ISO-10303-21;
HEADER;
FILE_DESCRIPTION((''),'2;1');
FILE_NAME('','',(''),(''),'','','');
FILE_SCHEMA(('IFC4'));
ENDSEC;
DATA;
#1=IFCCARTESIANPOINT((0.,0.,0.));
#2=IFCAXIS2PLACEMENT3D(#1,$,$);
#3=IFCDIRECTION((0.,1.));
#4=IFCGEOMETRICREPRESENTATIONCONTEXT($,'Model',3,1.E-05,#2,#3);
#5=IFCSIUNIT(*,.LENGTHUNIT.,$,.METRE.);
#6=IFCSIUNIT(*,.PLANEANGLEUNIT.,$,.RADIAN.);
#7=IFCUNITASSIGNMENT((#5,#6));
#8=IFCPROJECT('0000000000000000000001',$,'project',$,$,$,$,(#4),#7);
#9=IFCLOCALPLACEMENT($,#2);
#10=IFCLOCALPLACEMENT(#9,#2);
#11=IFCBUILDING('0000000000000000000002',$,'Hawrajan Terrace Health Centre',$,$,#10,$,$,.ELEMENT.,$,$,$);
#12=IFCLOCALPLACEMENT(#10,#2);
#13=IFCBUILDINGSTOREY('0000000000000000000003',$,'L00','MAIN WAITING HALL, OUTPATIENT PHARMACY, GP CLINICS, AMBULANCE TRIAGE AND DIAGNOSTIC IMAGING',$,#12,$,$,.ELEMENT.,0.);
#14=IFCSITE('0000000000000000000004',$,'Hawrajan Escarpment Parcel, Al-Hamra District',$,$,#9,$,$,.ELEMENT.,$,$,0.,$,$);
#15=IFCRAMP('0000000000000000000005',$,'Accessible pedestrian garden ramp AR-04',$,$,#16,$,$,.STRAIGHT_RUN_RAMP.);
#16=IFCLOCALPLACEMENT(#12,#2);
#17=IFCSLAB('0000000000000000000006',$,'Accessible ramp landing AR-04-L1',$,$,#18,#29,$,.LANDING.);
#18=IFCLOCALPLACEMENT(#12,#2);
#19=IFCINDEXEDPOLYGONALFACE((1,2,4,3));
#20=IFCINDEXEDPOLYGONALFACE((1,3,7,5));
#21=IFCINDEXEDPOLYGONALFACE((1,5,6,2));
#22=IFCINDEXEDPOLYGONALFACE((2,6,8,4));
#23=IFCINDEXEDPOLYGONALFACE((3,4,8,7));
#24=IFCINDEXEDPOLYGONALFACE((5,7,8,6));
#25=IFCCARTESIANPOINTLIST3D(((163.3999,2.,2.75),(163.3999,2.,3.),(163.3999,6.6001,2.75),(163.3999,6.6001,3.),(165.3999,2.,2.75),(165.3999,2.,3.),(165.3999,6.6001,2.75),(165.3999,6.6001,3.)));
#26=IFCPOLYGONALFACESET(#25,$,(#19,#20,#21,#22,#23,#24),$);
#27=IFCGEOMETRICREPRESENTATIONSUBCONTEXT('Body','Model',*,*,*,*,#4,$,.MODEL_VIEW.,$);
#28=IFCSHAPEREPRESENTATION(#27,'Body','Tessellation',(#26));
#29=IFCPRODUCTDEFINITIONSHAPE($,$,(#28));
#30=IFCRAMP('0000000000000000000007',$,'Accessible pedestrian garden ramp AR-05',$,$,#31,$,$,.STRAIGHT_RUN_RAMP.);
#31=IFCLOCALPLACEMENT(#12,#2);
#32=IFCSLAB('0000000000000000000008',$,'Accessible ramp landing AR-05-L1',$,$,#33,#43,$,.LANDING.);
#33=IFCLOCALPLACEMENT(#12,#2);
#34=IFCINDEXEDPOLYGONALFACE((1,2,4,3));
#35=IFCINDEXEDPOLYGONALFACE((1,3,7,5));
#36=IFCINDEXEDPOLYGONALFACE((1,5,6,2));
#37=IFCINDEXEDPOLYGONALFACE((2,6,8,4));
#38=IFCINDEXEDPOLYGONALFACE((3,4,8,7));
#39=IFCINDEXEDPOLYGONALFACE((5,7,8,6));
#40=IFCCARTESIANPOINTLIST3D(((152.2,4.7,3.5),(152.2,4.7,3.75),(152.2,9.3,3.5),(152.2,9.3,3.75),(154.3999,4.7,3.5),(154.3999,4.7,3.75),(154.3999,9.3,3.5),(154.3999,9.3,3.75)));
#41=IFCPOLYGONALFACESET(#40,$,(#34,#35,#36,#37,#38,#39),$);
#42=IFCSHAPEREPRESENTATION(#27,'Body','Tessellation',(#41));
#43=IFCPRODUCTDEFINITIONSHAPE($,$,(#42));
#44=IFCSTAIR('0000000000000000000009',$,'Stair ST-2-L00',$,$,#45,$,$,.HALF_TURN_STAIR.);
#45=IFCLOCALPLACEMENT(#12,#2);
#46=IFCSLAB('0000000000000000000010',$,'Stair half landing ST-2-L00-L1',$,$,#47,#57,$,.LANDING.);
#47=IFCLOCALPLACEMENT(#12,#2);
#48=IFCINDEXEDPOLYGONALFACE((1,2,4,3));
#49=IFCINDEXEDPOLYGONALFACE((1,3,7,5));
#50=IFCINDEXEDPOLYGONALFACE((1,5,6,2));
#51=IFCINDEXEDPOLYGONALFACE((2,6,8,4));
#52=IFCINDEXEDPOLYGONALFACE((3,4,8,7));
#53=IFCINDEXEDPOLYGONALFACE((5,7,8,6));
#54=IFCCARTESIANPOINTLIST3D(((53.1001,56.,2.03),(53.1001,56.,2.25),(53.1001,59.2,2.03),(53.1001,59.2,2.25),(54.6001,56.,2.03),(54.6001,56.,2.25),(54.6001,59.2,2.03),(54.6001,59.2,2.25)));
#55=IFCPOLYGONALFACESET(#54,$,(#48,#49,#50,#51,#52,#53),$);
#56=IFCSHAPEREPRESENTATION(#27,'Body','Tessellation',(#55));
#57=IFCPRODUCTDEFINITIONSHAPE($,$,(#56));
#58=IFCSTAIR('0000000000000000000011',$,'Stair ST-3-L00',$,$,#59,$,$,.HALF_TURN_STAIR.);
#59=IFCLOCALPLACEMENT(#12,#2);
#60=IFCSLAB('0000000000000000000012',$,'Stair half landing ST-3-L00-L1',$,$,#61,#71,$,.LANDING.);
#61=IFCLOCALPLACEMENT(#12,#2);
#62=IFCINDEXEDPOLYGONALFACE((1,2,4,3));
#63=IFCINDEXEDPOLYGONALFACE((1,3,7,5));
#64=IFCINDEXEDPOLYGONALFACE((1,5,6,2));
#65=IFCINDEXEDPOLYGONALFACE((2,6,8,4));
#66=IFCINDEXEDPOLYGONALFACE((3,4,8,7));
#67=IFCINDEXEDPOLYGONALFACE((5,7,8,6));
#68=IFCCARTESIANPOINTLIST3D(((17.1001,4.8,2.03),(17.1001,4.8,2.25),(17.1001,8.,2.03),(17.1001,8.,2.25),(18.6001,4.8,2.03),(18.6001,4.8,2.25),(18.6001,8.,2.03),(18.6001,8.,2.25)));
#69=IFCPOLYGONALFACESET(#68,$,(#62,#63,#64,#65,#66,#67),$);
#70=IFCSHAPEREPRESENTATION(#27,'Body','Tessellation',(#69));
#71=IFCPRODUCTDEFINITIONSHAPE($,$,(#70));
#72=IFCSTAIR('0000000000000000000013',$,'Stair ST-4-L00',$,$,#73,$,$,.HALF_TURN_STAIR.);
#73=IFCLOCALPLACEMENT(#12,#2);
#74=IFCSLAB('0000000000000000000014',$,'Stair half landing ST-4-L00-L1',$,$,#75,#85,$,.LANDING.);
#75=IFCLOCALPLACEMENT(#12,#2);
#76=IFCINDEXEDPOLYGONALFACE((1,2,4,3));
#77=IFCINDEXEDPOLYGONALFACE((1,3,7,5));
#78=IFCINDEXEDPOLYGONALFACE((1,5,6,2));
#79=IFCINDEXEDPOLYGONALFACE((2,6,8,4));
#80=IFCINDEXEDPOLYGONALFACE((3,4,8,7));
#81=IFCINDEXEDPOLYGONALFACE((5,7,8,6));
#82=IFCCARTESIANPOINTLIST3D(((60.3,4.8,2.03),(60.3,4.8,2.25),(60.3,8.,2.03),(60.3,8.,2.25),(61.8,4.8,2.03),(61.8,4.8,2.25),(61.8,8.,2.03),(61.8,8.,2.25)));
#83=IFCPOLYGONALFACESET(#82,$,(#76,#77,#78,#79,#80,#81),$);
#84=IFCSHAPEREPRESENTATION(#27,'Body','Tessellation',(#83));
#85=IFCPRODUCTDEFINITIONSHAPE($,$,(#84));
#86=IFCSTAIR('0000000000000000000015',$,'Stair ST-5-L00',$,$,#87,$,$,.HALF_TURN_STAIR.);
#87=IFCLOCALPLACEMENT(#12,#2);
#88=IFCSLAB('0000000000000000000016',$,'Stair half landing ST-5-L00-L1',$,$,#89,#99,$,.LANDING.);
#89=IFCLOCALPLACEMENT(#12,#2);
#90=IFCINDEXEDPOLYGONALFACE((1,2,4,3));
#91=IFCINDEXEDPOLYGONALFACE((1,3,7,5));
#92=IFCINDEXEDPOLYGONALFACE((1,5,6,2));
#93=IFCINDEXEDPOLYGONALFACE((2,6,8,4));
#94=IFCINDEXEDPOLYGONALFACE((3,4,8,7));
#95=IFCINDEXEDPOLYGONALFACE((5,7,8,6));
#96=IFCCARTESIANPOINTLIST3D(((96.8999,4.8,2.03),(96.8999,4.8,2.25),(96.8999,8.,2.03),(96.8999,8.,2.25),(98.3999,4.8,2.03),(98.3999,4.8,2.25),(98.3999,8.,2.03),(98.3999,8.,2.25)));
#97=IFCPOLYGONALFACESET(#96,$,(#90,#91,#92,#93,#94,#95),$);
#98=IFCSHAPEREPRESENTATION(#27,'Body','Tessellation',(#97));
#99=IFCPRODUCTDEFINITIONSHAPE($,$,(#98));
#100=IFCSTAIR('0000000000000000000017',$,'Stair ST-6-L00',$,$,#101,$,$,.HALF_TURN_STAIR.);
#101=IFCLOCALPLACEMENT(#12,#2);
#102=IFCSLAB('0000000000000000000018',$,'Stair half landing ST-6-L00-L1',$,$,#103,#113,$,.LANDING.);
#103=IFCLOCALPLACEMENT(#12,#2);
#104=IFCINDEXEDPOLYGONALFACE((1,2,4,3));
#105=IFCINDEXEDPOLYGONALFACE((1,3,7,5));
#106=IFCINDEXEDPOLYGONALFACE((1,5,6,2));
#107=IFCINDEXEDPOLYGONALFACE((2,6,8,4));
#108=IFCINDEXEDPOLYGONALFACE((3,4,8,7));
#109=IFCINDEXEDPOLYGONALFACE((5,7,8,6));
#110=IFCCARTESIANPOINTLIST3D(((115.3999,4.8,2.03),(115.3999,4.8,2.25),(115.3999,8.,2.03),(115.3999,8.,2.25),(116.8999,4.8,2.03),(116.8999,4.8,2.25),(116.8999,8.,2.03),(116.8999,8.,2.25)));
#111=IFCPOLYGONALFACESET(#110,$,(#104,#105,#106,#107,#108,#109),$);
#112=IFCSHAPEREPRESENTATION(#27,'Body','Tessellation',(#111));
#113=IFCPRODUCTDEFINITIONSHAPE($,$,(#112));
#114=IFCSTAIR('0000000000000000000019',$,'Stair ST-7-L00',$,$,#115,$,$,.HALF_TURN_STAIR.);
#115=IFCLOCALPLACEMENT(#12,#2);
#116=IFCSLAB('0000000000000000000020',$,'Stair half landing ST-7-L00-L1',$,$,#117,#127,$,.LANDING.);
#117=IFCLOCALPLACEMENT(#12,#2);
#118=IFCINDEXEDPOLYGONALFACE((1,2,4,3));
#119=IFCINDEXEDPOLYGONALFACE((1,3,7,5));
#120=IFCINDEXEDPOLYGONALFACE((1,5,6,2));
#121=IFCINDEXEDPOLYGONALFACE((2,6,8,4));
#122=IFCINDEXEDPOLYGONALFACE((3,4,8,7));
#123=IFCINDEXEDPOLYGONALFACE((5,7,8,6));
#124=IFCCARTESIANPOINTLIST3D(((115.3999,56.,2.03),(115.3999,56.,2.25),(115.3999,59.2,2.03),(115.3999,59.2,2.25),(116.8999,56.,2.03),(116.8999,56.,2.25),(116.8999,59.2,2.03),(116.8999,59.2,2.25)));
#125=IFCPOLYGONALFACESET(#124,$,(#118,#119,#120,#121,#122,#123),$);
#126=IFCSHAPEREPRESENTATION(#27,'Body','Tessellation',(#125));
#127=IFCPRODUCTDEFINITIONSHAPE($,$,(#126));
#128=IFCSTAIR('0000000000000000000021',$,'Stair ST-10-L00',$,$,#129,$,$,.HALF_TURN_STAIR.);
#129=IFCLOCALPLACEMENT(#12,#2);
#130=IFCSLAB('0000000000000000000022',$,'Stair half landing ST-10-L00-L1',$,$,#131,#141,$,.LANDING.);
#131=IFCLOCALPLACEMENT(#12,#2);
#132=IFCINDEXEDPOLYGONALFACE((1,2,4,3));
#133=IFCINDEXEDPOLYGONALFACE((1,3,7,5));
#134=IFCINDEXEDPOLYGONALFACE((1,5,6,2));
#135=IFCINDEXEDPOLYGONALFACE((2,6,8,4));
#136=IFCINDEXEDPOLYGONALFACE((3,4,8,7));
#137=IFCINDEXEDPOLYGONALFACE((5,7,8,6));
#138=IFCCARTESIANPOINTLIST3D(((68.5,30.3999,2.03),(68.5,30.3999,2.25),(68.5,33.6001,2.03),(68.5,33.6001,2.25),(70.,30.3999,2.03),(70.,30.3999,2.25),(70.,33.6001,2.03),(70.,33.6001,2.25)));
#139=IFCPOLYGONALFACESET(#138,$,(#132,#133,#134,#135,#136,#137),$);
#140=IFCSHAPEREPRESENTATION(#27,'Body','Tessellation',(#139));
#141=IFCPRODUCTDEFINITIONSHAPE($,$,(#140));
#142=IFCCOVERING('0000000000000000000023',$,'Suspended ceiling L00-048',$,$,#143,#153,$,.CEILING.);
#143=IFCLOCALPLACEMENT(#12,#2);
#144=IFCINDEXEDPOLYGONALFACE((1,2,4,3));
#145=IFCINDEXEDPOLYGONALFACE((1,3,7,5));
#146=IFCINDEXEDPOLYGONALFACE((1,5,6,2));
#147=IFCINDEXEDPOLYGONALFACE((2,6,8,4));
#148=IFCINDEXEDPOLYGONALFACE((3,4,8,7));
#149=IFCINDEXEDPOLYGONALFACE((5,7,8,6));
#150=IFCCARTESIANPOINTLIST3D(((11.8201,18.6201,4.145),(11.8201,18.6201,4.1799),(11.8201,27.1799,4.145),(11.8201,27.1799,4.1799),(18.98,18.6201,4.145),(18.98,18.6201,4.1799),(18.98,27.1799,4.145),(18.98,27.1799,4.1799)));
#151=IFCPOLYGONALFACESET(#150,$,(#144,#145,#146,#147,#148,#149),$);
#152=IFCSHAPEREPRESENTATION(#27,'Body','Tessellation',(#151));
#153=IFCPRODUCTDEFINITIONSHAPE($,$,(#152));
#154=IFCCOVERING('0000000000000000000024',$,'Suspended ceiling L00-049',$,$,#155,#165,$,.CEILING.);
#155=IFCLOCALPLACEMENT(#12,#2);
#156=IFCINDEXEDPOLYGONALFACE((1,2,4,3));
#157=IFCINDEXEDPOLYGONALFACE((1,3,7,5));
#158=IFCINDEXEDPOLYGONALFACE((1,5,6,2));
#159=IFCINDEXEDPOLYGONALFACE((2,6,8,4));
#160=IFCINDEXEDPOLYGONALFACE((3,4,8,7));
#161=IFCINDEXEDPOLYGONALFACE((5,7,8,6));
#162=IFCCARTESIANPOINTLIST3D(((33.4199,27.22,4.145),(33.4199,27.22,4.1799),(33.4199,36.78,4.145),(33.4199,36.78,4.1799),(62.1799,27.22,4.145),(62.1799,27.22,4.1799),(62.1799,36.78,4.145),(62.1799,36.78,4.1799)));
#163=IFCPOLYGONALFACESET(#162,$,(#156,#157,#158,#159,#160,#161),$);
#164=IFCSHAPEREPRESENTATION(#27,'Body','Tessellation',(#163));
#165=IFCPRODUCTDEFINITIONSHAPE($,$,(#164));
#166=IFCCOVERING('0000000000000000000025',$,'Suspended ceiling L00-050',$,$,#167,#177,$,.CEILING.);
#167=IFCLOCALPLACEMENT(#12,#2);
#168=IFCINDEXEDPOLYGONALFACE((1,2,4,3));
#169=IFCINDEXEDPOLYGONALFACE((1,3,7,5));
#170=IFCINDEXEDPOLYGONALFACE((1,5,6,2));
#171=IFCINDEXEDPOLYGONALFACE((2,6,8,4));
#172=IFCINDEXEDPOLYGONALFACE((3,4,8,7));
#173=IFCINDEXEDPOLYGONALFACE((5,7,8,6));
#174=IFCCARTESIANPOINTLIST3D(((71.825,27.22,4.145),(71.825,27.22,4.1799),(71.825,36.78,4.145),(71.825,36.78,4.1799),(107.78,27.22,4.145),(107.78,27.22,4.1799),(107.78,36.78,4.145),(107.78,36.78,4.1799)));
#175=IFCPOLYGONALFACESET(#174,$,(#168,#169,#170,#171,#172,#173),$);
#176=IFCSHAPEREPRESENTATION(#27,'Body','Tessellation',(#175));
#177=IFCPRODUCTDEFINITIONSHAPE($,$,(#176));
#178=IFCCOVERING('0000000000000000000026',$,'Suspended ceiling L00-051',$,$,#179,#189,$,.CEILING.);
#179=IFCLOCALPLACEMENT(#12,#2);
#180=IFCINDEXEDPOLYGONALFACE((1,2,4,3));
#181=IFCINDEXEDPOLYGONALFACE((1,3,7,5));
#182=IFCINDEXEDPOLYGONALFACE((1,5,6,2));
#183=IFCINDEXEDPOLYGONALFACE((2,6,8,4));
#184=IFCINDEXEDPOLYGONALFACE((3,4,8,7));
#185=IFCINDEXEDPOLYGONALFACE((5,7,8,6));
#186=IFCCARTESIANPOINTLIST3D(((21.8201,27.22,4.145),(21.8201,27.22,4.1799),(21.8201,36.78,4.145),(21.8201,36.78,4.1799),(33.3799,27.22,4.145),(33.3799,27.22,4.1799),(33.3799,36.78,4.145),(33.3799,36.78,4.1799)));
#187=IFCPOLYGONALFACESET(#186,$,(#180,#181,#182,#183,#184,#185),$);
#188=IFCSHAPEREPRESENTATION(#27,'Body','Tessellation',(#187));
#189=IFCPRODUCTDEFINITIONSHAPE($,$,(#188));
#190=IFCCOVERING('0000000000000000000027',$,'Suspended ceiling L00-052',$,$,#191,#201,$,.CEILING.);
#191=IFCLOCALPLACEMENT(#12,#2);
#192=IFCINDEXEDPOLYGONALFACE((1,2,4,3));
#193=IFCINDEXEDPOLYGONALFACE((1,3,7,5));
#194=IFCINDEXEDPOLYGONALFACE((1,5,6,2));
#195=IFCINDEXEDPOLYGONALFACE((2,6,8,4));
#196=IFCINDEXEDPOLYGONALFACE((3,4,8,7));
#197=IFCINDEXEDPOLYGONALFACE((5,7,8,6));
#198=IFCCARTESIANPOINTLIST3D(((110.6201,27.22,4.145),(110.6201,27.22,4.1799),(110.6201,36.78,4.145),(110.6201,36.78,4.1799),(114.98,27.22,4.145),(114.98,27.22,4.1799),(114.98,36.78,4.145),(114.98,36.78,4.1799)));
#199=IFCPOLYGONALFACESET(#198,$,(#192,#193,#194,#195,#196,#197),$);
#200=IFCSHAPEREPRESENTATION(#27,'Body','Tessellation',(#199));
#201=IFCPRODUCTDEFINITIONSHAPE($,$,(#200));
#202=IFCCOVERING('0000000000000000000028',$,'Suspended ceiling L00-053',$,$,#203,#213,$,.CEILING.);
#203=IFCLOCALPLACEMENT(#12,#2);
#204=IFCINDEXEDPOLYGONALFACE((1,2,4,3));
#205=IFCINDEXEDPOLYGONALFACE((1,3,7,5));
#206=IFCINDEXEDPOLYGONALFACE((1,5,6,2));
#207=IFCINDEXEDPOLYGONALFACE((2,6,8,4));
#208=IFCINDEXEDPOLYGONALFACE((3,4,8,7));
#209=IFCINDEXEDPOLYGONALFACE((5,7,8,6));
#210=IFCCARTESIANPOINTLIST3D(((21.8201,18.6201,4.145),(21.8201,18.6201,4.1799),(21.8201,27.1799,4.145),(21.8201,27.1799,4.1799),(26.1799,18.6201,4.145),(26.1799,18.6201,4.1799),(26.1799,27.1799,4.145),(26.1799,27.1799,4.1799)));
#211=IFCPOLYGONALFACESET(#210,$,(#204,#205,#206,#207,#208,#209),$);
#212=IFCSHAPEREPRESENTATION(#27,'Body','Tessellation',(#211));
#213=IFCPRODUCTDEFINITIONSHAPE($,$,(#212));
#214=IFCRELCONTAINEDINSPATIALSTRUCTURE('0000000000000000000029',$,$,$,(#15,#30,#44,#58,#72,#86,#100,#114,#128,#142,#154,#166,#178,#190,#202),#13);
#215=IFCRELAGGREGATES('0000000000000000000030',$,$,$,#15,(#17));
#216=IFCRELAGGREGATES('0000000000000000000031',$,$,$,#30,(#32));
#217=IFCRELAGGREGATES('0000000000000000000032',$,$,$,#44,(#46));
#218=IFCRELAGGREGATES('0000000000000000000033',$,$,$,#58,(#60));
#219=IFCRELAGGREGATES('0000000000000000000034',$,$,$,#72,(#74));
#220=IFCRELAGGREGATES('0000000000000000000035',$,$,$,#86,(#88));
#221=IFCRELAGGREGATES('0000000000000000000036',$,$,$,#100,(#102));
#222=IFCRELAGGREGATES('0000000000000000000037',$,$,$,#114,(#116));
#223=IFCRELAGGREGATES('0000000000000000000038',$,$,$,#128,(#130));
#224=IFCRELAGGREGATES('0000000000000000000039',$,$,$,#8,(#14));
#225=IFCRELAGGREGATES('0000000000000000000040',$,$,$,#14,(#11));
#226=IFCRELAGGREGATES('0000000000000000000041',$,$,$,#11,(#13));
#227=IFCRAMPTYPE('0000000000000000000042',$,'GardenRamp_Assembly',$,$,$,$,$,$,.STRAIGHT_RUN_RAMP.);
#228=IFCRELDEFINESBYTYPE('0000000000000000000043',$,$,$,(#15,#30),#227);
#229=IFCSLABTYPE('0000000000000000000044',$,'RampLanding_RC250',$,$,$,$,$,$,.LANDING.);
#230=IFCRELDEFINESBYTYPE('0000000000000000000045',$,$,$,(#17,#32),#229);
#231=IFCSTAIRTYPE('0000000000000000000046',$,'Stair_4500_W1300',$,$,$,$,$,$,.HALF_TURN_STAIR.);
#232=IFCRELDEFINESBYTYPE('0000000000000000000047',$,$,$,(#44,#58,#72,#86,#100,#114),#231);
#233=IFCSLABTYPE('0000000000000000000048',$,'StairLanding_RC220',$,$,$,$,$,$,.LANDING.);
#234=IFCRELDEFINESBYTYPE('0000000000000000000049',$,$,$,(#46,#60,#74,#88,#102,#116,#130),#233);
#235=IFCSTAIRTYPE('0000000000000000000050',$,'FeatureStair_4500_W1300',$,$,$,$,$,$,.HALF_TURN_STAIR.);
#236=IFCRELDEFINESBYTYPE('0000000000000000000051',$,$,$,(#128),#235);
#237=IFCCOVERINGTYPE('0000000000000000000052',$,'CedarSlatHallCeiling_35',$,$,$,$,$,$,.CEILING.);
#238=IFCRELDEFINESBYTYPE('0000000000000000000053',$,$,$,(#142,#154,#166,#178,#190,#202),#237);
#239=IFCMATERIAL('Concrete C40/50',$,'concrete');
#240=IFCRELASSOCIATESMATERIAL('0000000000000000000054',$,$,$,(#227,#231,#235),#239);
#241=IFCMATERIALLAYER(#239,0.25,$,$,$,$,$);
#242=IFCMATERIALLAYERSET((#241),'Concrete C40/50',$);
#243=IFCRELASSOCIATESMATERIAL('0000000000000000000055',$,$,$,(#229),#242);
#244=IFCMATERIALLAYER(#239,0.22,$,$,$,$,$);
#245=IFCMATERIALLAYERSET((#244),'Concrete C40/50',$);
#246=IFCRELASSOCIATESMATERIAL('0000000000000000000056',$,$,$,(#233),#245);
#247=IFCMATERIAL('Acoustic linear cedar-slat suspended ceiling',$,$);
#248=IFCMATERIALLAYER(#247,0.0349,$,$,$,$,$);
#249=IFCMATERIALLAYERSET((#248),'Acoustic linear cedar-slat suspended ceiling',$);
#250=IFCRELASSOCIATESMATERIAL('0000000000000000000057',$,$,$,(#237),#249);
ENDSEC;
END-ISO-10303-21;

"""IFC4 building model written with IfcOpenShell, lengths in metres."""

from ifc_helpers import new_model, si_unit, direction, frame, origin, place, context, subcontext, project, spatial, polyline, outline, extrude, material, layer, layer_set, type_object, element, aggregate, save


model = new_model("IFC4")

# Units and contexts
model_context = context("Model", 3, precision=1e-05, world=origin(), true_north=direction((0.0, 1.0)))
body_context = subcontext(model_context, "Body", "Model", "MODEL_VIEW")
ifc_project = project(units=[si_unit("LENGTHUNIT", "METRE"), si_unit("PLANEANGLEUNIT", "RADIAN")], contexts=[model_context])

# Site, building, storey
site_placement = place(None, origin())
site = spatial("IfcSite", under=ifc_project, at=site_placement, Name="Hawrajan Escarpment Parcel, Al-Hamra District", CompositionType="ELEMENT", RefElevation=0.0)
building_placement = place(site_placement, origin())
building = spatial("IfcBuilding", under=site, at=building_placement, Name="Hawrajan Terrace Health Centre", CompositionType="ELEMENT")
storey_placement = place(building_placement, origin())
storey = spatial("IfcBuildingStorey", under=building, at=storey_placement, Name="L00", Description="MAIN WAITING HALL, OUTPATIENT PHARMACY, GP CLINICS, AMBULANCE TRIAGE AND DIAGNOSTIC IMAGING", CompositionType="ELEMENT", Elevation=0.0)

# Ramps, slabs
ifc_material_1 = material(Name="Concrete C40/50", Category="concrete")
ramp_type = type_object("IfcRampType", Name="GardenRamp_Assembly", PredefinedType="STRAIGHT_RUN_RAMP", material=ifc_material_1)
ramp_1_placement = place(storey_placement, origin())
ramp_1 = element("IfcRamp", 1, at=ramp_1_placement, inside=storey, type_object=ramp_type, Name="Accessible pedestrian garden ramp AR-04", PredefinedType="STRAIGHT_RUN_RAMP")
ifc_layer_1 = layer(ifc_material_1, 0.25)
ifc_layer_set_1 = layer_set([ifc_layer_1], Name="Concrete C40/50")
slab_type_1 = type_object("IfcSlabType", Name="RampLanding_RC250", PredefinedType="LANDING", material=ifc_layer_set_1)
slab_1_placement = place(storey_placement, frame((0.0, 0.0, 2.75)))
slab_1 = element("IfcSlab", 2, at=slab_1_placement, type_object=slab_type_1, Name="Accessible ramp landing AR-04-L1", PredefinedType="LANDING", context=body_context, shape_type="SweptSolid", body=[
    extrude(outline(polyline([(163.3999, 2.0), (165.3999, 2.0), (165.3999, 6.6001), (163.3999, 6.6001), (163.3999, 2.0)])), origin(), (0.0, 0.0, 1.0), 0.25),
])
aggregate(ramp_1, [slab_1])
ramp_2_placement = place(storey_placement, origin())
ramp_2 = element("IfcRamp", 3, at=ramp_2_placement, inside=storey, type_object=ramp_type, Name="Accessible pedestrian garden ramp AR-05", PredefinedType="STRAIGHT_RUN_RAMP")
slab_2_placement = place(storey_placement, frame((0.0, 0.0, 3.5)))
slab_2 = element("IfcSlab", 4, at=slab_2_placement, type_object=slab_type_1, Name="Accessible ramp landing AR-05-L1", PredefinedType="LANDING", context=body_context, shape_type="SweptSolid", body=[
    extrude(outline(polyline([(152.2, 4.7), (154.3999, 4.7), (154.3999, 9.3), (152.2, 9.3), (152.2, 4.7)])), origin(), (0.0, 0.0, 1.0), 0.25),
])
aggregate(ramp_2, [slab_2])

# Stairs, slabs
stair_type_1 = type_object("IfcStairType", Name="Stair_4500_W1300", PredefinedType="HALF_TURN_STAIR", material=ifc_material_1)
stair_1_placement = place(storey_placement, origin())
stair_1 = element("IfcStair", 5, at=stair_1_placement, inside=storey, type_object=stair_type_1, Name="Stair ST-2-L00", PredefinedType="HALF_TURN_STAIR")
ifc_layer_2 = layer(ifc_material_1, 0.22)
ifc_layer_set_2 = layer_set([ifc_layer_2], Name="Concrete C40/50")
slab_type_2 = type_object("IfcSlabType", Name="StairLanding_RC220", PredefinedType="LANDING", material=ifc_layer_set_2)
slab_3_placement = place(storey_placement, frame((0.0, 0.0, 2.03)))
slab_3 = element("IfcSlab", 6, at=slab_3_placement, type_object=slab_type_2, Name="Stair half landing ST-2-L00-L1", PredefinedType="LANDING", context=body_context, shape_type="SweptSolid", body=[
    extrude(outline(polyline([(53.1001, 56.0), (54.6001, 56.0), (54.6001, 59.2), (53.1001, 59.2), (53.1001, 56.0)])), origin(), (0.0, 0.0, 1.0), 0.22),
])
aggregate(stair_1, [slab_3])
stair_2_placement = place(storey_placement, origin())
stair_2 = element("IfcStair", 7, at=stair_2_placement, inside=storey, type_object=stair_type_1, Name="Stair ST-3-L00", PredefinedType="HALF_TURN_STAIR")
slab_4_placement = place(storey_placement, frame((0.0, 0.0, 2.03)))
slab_4 = element("IfcSlab", 8, at=slab_4_placement, type_object=slab_type_2, Name="Stair half landing ST-3-L00-L1", PredefinedType="LANDING", context=body_context, shape_type="SweptSolid", body=[
    extrude(outline(polyline([(17.1001, 4.8), (18.6001, 4.8), (18.6001, 8.0), (17.1001, 8.0), (17.1001, 4.8)])), origin(), (0.0, 0.0, 1.0), 0.22),
])
aggregate(stair_2, [slab_4])
stair_3_placement = place(storey_placement, origin())
stair_3 = element("IfcStair", 9, at=stair_3_placement, inside=storey, type_object=stair_type_1, Name="Stair ST-4-L00", PredefinedType="HALF_TURN_STAIR")
slab_5_placement = place(storey_placement, frame((0.0, 0.0, 2.03)))
slab_5 = element("IfcSlab", 10, at=slab_5_placement, type_object=slab_type_2, Name="Stair half landing ST-4-L00-L1", PredefinedType="LANDING", context=body_context, shape_type="SweptSolid", body=[
    extrude(outline(polyline([(60.3, 4.8), (61.8, 4.8), (61.8, 8.0), (60.3, 8.0), (60.3, 4.8)])), origin(), (0.0, 0.0, 1.0), 0.22),
])
aggregate(stair_3, [slab_5])
stair_4_placement = place(storey_placement, origin())
stair_4 = element("IfcStair", 11, at=stair_4_placement, inside=storey, type_object=stair_type_1, Name="Stair ST-5-L00", PredefinedType="HALF_TURN_STAIR")
slab_6_placement = place(storey_placement, frame((0.0, 0.0, 2.03)))
slab_6 = element("IfcSlab", 12, at=slab_6_placement, type_object=slab_type_2, Name="Stair half landing ST-5-L00-L1", PredefinedType="LANDING", context=body_context, shape_type="SweptSolid", body=[
    extrude(outline(polyline([(96.8999, 4.8), (98.3999, 4.8), (98.3999, 8.0), (96.8999, 8.0), (96.8999, 4.8)])), origin(), (0.0, 0.0, 1.0), 0.22),
])
aggregate(stair_4, [slab_6])
stair_5_placement = place(storey_placement, origin())
stair_5 = element("IfcStair", 13, at=stair_5_placement, inside=storey, type_object=stair_type_1, Name="Stair ST-6-L00", PredefinedType="HALF_TURN_STAIR")
slab_7_placement = place(storey_placement, frame((0.0, 0.0, 2.03)))
slab_7 = element("IfcSlab", 14, at=slab_7_placement, type_object=slab_type_2, Name="Stair half landing ST-6-L00-L1", PredefinedType="LANDING", context=body_context, shape_type="SweptSolid", body=[
    extrude(outline(polyline([(115.3999, 4.8), (116.8999, 4.8), (116.8999, 8.0), (115.3999, 8.0), (115.3999, 4.8)])), origin(), (0.0, 0.0, 1.0), 0.22),
])
aggregate(stair_5, [slab_7])
stair_6_placement = place(storey_placement, origin())
stair_6 = element("IfcStair", 15, at=stair_6_placement, inside=storey, type_object=stair_type_1, Name="Stair ST-7-L00", PredefinedType="HALF_TURN_STAIR")
slab_8_placement = place(storey_placement, frame((0.0, 0.0, 2.03)))
slab_8 = element("IfcSlab", 16, at=slab_8_placement, type_object=slab_type_2, Name="Stair half landing ST-7-L00-L1", PredefinedType="LANDING", context=body_context, shape_type="SweptSolid", body=[
    extrude(outline(polyline([(115.3999, 56.0), (116.8999, 56.0), (116.8999, 59.2), (115.3999, 59.2), (115.3999, 56.0)])), origin(), (0.0, 0.0, 1.0), 0.22),
])
aggregate(stair_6, [slab_8])
stair_type_2 = type_object("IfcStairType", Name="FeatureStair_4500_W1300", PredefinedType="HALF_TURN_STAIR", material=ifc_material_1)
stair_7_placement = place(storey_placement, origin())
stair_7 = element("IfcStair", 17, at=stair_7_placement, inside=storey, type_object=stair_type_2, Name="Stair ST-10-L00", PredefinedType="HALF_TURN_STAIR")
slab_9_placement = place(storey_placement, frame((0.0, 0.0, 2.03)))
slab_9 = element("IfcSlab", 18, at=slab_9_placement, type_object=slab_type_2, Name="Stair half landing ST-10-L00-L1", PredefinedType="LANDING", context=body_context, shape_type="SweptSolid", body=[
    extrude(outline(polyline([(68.5, 30.3999), (70.0, 30.3999), (70.0, 33.6001), (68.5, 33.6001), (68.5, 30.3999)])), origin(), (0.0, 0.0, 1.0), 0.22),
])
aggregate(stair_7, [slab_9])

# Coverings
ifc_material_2 = material(Name="Acoustic linear cedar-slat suspended ceiling")
ifc_layer_3 = layer(ifc_material_2, 0.0349)
ifc_layer_set_3 = layer_set([ifc_layer_3], Name="Acoustic linear cedar-slat suspended ceiling")
covering_type_1 = type_object("IfcCoveringType", Name="CedarSlatHallCeiling_35", PredefinedType="CEILING", material=ifc_layer_set_3)
covering_1_placement = place(storey_placement, frame((0.0, 0.0, 4.145)))
element("IfcCovering", 19, at=covering_1_placement, inside=storey, type_object=covering_type_1, Name="Suspended ceiling L00-048", PredefinedType="CEILING", context=body_context, shape_type="SweptSolid", body=[
    extrude(outline(polyline([(11.8201, 27.1799), (18.98, 27.1799), (18.98, 18.6201), (11.8201, 18.6201), (11.8201, 27.1799)])), origin(), (0.0, 0.0, 1.0), 0.0349),
])
covering_2_placement = place(storey_placement, frame((0.0, 0.0, 4.145)))
element("IfcCovering", 20, at=covering_2_placement, inside=storey, type_object=covering_type_1, Name="Suspended ceiling L00-049", PredefinedType="CEILING", context=body_context, shape_type="SweptSolid", body=[
    extrude(outline(polyline([(33.4199, 36.78), (62.1799, 36.78), (62.1799, 27.22), (33.4199, 27.22), (33.4199, 36.78)])), origin(), (0.0, 0.0, 1.0), 0.0349),
])
covering_3_placement = place(storey_placement, frame((0.0, 0.0, 4.145)))
element("IfcCovering", 21, at=covering_3_placement, inside=storey, type_object=covering_type_1, Name="Suspended ceiling L00-050", PredefinedType="CEILING", context=body_context, shape_type="SweptSolid", body=[
    extrude(outline(polyline([(71.825, 36.78), (107.78, 36.78), (107.78, 27.22), (71.825, 27.22), (71.825, 36.78)])), origin(), (0.0, 0.0, 1.0), 0.0349),
])
covering_4_placement = place(storey_placement, frame((0.0, 0.0, 4.145)))
element("IfcCovering", 22, at=covering_4_placement, inside=storey, type_object=covering_type_1, Name="Suspended ceiling L00-051", PredefinedType="CEILING", context=body_context, shape_type="SweptSolid", body=[
    extrude(outline(polyline([(21.8201, 36.78), (33.3799, 36.78), (33.3799, 27.22), (21.8201, 27.22), (21.8201, 36.78)])), origin(), (0.0, 0.0, 1.0), 0.0349),
])
covering_5_placement = place(storey_placement, frame((0.0, 0.0, 4.145)))
element("IfcCovering", 23, at=covering_5_placement, inside=storey, type_object=covering_type_1, Name="Suspended ceiling L00-052", PredefinedType="CEILING", context=body_context, shape_type="SweptSolid", body=[
    extrude(outline(polyline([(110.6201, 36.78), (114.98, 36.78), (114.98, 27.22), (110.6201, 27.22), (110.6201, 36.78)])), origin(), (0.0, 0.0, 1.0), 0.0349),
])
covering_6_placement = place(storey_placement, frame((0.0, 0.0, 4.145)))
element("IfcCovering", 24, at=covering_6_placement, inside=storey, type_object=covering_type_1, Name="Suspended ceiling L00-053", PredefinedType="CEILING", context=body_context, shape_type="SweptSolid", body=[
    extrude(outline(polyline([(21.8201, 27.1799), (26.1799, 27.1799), (26.1799, 18.6201), (21.8201, 18.6201), (21.8201, 27.1799)])), origin(), (0.0, 0.0, 1.0), 0.0349),
])

save(model, "model.ifc")
